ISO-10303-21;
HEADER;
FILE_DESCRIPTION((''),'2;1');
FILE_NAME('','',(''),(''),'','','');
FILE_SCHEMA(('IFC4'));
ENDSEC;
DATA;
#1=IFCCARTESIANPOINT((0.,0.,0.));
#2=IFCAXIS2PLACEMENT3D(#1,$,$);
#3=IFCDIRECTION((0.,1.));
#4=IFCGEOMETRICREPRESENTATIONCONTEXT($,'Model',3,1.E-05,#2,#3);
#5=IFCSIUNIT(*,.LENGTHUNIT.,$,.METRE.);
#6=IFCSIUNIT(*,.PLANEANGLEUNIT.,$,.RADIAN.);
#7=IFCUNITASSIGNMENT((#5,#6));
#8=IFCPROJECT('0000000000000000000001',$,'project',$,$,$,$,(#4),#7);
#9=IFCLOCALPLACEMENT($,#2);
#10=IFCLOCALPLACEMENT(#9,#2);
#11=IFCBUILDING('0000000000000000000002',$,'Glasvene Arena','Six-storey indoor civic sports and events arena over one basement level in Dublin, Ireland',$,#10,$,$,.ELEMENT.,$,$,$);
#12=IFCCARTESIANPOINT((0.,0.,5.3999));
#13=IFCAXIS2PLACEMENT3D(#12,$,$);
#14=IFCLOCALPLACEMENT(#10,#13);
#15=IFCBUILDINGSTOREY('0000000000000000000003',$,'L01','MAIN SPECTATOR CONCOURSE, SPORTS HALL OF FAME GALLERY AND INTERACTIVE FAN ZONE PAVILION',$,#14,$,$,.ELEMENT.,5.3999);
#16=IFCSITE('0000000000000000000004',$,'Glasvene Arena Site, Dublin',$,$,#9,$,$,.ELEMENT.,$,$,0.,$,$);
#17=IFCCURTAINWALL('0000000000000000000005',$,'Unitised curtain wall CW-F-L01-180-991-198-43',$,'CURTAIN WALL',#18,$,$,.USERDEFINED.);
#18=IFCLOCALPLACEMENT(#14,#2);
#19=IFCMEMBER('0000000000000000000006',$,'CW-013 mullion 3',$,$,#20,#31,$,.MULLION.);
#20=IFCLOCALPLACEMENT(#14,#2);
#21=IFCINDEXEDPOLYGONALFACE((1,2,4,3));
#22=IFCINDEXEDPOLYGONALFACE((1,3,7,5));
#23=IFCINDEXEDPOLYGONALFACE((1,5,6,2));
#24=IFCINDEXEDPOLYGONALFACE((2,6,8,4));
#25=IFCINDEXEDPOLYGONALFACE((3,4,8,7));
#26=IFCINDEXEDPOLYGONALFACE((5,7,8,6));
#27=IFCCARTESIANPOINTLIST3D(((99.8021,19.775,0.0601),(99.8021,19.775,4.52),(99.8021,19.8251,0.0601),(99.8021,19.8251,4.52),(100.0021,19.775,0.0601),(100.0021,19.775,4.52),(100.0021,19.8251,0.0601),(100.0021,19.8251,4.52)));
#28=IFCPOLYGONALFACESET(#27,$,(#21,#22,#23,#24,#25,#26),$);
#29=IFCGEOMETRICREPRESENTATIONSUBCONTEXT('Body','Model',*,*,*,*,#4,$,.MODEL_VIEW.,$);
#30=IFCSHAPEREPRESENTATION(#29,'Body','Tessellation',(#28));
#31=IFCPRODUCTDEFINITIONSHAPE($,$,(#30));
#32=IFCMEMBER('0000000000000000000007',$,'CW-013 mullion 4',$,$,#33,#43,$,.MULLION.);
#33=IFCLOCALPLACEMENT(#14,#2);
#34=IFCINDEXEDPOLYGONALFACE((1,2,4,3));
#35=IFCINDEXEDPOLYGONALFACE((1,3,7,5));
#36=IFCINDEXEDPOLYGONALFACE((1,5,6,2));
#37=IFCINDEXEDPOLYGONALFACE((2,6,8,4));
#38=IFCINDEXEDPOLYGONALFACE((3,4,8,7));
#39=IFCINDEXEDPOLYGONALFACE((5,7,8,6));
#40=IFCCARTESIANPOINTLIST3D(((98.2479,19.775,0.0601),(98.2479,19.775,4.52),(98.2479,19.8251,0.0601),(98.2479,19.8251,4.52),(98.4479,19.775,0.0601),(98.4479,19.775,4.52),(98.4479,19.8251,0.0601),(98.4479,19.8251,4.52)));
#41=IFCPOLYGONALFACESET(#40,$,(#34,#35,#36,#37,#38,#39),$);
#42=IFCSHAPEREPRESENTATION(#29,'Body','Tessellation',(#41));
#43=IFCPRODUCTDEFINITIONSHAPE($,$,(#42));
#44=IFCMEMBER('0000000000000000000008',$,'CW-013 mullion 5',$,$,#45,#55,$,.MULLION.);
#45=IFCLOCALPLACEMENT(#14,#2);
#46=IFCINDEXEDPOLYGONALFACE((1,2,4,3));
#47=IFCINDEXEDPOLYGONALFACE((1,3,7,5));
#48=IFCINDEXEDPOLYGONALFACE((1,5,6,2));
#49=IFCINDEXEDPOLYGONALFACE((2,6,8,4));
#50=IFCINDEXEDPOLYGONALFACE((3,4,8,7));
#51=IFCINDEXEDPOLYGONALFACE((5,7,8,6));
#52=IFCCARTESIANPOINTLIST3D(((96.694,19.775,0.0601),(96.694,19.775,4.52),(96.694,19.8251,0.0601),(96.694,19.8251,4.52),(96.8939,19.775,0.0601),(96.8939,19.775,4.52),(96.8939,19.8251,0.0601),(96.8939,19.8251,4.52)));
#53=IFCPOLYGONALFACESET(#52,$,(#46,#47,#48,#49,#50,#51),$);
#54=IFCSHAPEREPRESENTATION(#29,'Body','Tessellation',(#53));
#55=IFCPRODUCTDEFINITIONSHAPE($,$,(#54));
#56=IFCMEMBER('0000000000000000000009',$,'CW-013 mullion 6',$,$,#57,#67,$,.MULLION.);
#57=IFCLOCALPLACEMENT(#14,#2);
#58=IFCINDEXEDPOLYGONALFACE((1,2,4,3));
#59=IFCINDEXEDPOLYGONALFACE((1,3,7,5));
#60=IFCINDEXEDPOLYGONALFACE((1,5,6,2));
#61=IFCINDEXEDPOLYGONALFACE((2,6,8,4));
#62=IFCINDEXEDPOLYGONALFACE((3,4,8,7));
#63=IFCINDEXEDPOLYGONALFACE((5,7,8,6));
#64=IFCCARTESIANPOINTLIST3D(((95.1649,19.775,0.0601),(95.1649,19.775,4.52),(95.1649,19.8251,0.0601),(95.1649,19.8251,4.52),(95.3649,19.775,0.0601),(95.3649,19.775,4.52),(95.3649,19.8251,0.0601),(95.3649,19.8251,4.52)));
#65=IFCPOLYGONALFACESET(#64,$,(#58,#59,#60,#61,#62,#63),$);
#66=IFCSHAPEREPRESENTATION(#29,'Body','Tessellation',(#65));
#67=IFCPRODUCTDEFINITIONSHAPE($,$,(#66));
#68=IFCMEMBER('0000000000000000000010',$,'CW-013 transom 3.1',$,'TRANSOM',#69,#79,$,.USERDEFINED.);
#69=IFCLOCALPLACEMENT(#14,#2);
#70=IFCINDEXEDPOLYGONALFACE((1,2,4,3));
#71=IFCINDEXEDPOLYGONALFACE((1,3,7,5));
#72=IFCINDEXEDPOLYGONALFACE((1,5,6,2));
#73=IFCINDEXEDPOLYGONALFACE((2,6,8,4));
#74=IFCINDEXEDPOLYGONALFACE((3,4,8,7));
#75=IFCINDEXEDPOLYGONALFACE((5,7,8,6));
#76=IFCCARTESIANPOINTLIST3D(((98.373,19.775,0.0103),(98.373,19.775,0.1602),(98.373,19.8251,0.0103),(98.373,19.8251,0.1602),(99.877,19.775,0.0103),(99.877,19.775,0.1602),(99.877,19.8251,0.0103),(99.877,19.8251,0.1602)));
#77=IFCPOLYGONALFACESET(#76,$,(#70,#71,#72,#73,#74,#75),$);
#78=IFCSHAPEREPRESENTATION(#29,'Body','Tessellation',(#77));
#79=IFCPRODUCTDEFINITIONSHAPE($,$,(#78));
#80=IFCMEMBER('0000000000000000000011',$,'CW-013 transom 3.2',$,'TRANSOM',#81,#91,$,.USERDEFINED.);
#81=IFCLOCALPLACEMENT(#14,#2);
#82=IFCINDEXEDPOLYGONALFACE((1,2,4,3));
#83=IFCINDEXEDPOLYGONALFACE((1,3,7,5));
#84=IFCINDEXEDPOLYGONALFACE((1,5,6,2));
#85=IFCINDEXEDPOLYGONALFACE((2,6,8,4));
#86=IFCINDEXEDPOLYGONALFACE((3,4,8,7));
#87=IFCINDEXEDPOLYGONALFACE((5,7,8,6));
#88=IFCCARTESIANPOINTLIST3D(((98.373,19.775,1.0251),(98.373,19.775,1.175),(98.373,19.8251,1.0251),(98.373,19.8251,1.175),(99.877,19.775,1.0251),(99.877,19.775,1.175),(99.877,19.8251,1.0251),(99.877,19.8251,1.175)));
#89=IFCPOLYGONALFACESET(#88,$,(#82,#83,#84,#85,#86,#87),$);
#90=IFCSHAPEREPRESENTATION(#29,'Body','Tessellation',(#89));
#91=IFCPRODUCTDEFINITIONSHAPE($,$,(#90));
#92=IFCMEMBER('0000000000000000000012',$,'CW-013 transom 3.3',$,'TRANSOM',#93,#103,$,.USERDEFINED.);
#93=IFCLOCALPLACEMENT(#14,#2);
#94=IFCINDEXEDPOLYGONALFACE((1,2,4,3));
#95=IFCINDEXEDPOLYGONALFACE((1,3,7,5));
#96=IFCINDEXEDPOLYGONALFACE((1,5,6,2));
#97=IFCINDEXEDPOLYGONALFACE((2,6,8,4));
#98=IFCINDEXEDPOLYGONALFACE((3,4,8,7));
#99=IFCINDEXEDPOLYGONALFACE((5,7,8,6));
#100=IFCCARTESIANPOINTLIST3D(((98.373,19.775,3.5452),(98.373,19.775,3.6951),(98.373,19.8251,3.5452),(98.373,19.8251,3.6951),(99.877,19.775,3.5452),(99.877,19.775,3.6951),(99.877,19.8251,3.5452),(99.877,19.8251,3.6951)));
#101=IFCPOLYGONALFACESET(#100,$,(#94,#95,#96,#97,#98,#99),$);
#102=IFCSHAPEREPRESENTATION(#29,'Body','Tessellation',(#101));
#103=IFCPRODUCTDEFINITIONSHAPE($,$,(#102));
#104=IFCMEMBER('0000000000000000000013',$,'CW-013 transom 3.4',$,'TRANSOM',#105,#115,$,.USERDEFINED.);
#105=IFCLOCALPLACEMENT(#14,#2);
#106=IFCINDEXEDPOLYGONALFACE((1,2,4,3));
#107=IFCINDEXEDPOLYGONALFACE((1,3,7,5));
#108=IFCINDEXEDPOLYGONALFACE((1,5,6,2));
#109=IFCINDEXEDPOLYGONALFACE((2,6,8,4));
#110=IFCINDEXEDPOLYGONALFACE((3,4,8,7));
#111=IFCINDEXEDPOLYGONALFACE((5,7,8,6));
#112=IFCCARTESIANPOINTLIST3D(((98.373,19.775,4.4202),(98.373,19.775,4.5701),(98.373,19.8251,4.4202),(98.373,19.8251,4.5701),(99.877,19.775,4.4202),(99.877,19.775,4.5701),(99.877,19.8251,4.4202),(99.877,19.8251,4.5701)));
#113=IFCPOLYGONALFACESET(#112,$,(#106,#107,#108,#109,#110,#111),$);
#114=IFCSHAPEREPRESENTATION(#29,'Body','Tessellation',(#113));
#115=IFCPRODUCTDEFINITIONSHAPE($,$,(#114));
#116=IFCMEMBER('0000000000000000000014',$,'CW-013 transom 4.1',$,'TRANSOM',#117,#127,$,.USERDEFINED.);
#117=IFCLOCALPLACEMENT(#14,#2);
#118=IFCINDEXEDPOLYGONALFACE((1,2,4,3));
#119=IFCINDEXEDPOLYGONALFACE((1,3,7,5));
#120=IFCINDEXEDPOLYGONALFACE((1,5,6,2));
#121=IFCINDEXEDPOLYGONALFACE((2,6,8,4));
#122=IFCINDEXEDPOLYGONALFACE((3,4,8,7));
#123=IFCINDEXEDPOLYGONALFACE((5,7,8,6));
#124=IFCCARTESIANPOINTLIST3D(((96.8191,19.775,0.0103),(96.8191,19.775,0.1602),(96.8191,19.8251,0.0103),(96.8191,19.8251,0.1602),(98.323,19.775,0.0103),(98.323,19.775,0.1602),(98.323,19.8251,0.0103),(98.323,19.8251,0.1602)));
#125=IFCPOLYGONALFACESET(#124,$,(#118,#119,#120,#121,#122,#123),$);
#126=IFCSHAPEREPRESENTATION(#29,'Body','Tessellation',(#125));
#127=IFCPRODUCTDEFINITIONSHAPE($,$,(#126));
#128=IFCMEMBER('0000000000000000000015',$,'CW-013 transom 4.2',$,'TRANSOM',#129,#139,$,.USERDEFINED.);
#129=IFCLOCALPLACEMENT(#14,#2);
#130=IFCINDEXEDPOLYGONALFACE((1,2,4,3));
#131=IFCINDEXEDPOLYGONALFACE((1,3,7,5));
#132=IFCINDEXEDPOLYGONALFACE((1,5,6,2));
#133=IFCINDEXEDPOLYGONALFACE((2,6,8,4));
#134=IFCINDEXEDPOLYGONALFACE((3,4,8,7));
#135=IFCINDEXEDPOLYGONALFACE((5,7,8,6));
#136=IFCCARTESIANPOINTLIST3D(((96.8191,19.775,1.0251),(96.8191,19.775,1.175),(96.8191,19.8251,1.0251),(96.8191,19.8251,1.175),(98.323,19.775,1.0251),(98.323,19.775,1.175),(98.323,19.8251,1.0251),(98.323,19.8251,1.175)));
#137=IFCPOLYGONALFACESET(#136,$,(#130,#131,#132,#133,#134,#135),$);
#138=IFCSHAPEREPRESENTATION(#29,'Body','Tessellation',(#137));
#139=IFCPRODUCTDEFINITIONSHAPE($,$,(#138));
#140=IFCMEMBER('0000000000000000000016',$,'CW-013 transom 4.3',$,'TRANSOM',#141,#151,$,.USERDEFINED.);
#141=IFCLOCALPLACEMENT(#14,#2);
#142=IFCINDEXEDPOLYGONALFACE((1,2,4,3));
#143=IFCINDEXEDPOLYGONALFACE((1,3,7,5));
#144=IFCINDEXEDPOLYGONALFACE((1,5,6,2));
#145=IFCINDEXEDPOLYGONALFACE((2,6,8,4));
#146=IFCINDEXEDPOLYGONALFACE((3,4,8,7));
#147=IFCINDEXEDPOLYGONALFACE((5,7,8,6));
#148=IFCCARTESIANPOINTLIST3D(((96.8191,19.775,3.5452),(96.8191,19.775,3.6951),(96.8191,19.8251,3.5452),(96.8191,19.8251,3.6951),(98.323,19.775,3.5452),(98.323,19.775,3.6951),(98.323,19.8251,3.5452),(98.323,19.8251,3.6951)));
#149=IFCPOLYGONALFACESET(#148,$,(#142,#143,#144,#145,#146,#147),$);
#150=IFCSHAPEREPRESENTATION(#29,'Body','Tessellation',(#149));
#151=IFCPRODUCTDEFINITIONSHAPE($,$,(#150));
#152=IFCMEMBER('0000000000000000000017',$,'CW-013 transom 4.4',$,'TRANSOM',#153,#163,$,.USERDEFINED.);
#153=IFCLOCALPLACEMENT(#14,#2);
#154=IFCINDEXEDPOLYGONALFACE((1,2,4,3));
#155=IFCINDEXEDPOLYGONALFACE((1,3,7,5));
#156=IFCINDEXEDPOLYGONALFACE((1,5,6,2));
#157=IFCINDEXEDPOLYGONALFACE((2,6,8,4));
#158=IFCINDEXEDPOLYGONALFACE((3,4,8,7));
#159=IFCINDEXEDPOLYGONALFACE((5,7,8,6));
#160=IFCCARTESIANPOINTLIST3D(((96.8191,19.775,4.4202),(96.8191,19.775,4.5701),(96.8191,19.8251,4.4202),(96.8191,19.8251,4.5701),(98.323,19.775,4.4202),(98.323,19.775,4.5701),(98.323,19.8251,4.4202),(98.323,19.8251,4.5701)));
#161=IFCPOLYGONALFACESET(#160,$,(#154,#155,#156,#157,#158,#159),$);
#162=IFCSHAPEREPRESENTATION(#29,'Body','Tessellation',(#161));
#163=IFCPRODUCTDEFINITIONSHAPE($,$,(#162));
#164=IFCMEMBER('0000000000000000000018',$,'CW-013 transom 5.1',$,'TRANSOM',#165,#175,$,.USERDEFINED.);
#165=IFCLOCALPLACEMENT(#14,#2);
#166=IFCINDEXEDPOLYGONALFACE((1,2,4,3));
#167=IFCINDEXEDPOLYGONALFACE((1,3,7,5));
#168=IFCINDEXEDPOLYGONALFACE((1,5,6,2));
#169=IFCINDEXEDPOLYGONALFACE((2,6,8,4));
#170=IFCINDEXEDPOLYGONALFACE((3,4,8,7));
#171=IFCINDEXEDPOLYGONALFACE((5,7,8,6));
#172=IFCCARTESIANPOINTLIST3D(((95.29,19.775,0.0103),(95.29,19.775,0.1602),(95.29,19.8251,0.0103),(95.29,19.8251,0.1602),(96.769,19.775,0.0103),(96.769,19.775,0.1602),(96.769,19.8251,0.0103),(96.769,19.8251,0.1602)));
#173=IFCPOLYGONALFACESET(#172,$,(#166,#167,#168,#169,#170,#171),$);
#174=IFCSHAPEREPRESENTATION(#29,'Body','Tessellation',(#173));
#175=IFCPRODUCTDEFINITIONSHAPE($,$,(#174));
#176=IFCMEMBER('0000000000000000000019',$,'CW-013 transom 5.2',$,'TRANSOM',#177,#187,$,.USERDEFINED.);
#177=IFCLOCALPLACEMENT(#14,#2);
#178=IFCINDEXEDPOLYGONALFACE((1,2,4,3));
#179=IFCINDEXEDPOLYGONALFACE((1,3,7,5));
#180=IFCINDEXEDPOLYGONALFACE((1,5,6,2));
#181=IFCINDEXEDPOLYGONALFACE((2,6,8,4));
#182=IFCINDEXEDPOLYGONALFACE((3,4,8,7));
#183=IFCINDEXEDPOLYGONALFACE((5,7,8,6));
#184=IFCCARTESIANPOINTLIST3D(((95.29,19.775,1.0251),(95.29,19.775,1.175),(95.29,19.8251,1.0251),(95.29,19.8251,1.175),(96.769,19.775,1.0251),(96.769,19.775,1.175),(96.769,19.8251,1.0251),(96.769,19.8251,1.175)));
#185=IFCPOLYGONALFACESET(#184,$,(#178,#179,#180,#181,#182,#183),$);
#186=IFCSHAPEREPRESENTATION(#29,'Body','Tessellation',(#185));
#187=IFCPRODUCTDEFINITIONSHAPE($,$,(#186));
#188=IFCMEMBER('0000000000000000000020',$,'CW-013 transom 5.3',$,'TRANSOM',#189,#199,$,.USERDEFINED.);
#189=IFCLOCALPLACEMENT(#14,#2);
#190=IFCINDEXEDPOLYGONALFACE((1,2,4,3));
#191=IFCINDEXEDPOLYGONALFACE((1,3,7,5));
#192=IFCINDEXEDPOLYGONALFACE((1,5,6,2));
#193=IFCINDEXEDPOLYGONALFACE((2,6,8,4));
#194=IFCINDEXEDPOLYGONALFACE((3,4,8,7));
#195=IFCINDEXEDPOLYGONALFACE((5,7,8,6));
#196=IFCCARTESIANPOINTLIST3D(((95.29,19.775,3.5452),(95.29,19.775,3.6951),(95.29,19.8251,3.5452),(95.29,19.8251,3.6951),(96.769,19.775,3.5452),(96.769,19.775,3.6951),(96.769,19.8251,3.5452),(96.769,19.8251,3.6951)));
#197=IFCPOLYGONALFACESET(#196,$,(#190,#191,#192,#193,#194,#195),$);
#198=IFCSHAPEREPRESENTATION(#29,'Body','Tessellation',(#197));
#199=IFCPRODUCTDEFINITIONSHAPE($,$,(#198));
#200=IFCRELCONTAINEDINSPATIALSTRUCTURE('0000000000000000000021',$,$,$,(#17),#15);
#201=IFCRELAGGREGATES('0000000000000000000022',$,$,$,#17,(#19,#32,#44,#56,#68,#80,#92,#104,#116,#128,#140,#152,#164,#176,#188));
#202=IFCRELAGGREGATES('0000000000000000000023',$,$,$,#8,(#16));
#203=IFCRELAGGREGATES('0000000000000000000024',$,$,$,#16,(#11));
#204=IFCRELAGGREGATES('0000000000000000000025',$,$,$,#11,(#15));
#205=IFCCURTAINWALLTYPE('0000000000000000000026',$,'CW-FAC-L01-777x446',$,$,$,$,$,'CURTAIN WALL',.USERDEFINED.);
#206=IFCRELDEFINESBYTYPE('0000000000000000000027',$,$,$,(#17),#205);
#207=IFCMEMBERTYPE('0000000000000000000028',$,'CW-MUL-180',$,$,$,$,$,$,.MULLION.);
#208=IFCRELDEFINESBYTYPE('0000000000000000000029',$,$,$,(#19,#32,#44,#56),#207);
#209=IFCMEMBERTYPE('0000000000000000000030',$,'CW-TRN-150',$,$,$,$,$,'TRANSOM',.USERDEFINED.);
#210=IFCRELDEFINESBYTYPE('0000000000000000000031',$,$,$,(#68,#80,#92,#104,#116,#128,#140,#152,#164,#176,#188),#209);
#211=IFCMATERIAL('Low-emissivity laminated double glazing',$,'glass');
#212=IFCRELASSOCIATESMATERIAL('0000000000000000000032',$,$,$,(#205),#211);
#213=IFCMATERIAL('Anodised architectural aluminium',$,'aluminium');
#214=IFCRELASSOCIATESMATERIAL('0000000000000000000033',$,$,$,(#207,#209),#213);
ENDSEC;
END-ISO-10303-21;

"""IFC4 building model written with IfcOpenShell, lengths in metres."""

from ifc_helpers import new_model, si_unit, direction, frame, origin, origin_2d, place, context, subcontext, project, spatial, rectangle, extrude, material, material_profile, profile_set, type_object, element, aggregate, save


model = new_model("IFC4")

# Units and contexts
model_context = context("Model", 3, precision=1e-05, world=origin(), true_north=direction((0.0, 1.0)))
body_context = subcontext(model_context, "Body", "Model", "MODEL_VIEW")
ifc_project = project(units=[si_unit("LENGTHUNIT", "METRE"), si_unit("PLANEANGLEUNIT", "RADIAN")], contexts=[model_context])

# Site, building, storey
site_placement = place(None, origin())
site = spatial("IfcSite", under=ifc_project, at=site_placement, Name="Glasvene Arena Site, Dublin", CompositionType="ELEMENT", RefElevation=0.0)
building_placement = place(site_placement, origin())
building = spatial("IfcBuilding", under=site, at=building_placement, Name="Glasvene Arena", Description="Six-storey indoor civic sports and events arena over one basement level in Dublin, Ireland", CompositionType="ELEMENT")
storey_placement = place(building_placement, frame((0.0, 0.0, 5.3999)))
storey = spatial("IfcBuildingStorey", under=building, at=storey_placement, Name="L01", Description="MAIN SPECTATOR CONCOURSE, SPORTS HALL OF FAME GALLERY AND INTERACTIVE FAN ZONE PAVILION", CompositionType="ELEMENT", Elevation=5.3999)

# Curtain wall, members
ifc_material_1 = material(Name="Low-emissivity laminated double glazing", Category="glass")
curtain_wall_type = type_object("IfcCurtainWallType", Name="CW-FAC-L01-777x446", ElementType="CURTAIN WALL", PredefinedType="USERDEFINED", material=ifc_material_1)
curtain_wall_placement = place(storey_placement, frame((103.01, 19.8, 0.0)))
curtain_wall = element("IfcCurtainWall", 1, at=curtain_wall_placement, inside=storey, type_object=curtain_wall_type, Name="Unitised curtain wall CW-F-L01-180-991-198-43", ObjectType="CURTAIN WALL", PredefinedType="USERDEFINED")
ifc_material_2 = material(Name="Anodised architectural aluminium", Category="aluminium")
ifc_material_profile_1 = material_profile(ifc_material_2, rectangle(XDim=0.05, YDim=0.2, at=origin_2d()), Name="ALU MULLION 50x200")
ifc_profile_set_1 = profile_set([ifc_material_profile_1], Name="Anodised architectural aluminium")
member_type_1 = type_object("IfcMemberType", Name="CW-MUL-180", PredefinedType="MULLION", material=ifc_profile_set_1)
member_1_placement = place(storey_placement, frame((99.9021, 19.8, 0.0601), z_axis=(0.0, 0.0, 1.0), x_axis=(0.0, -1.0, 0.0)))
member_1 = element("IfcMember", 2, at=member_1_placement, type_object=member_type_1, Name="CW-013 mullion 3", PredefinedType="MULLION", context=body_context, shape_type="SweptSolid", body=[
    extrude(rectangle(XDim=0.05, YDim=0.2, at=origin_2d()), origin(), (0.0, 0.0, 1.0), 4.46),
])
member_2_placement = place(storey_placement, frame((98.3479, 19.8, 0.0601), z_axis=(0.0, 0.0, 1.0), x_axis=(0.0, -1.0, 0.0)))
member_2 = element("IfcMember", 3, at=member_2_placement, type_object=member_type_1, Name="CW-013 mullion 4", PredefinedType="MULLION", context=body_context, shape_type="SweptSolid", body=[
    extrude(rectangle(XDim=0.05, YDim=0.2, at=origin_2d()), origin(), (0.0, 0.0, 1.0), 4.46),
])
member_3_placement = place(storey_placement, frame((96.7939, 19.8, 0.0601), z_axis=(0.0, 0.0, 1.0), x_axis=(0.0, -1.0, 0.0)))
member_3 = element("IfcMember", 4, at=member_3_placement, type_object=member_type_1, Name="CW-013 mullion 5", PredefinedType="MULLION", context=body_context, shape_type="SweptSolid", body=[
    extrude(rectangle(XDim=0.05, YDim=0.2, at=origin_2d()), origin(), (0.0, 0.0, 1.0), 4.46),
])
member_4_placement = place(storey_placement, frame((95.2649, 19.8, 0.0601), z_axis=(0.0, 0.0, 1.0), x_axis=(0.0, -1.0, 0.0)))
member_4 = element("IfcMember", 5, at=member_4_placement, type_object=member_type_1, Name="CW-013 mullion 6", PredefinedType="MULLION", context=body_context, shape_type="SweptSolid", body=[
    extrude(rectangle(XDim=0.05, YDim=0.2, at=origin_2d()), origin(), (0.0, 0.0, 1.0), 4.46),
])
ifc_material_profile_2 = material_profile(ifc_material_2, rectangle(XDim=0.05, YDim=0.1499, at=origin_2d()), Name="ALU TRANSOM 50x150")
ifc_profile_set_2 = profile_set([ifc_material_profile_2], Name="Anodised architectural aluminium")
member_type_2 = type_object("IfcMemberType", Name="CW-TRN-150", ElementType="TRANSOM", PredefinedType="USERDEFINED", material=ifc_profile_set_2)
member_5_placement = place(storey_placement, frame((99.877, 19.8, 0.0852), z_axis=(-1.0, 0.0, 0.0), x_axis=(0.0, -1.0, 0.0)))
member_5 = element("IfcMember", 6, at=member_5_placement, type_object=member_type_2, Name="CW-013 transom 3.1", ObjectType="TRANSOM", PredefinedType="USERDEFINED", context=body_context, shape_type="SweptSolid", body=[
    extrude(rectangle(XDim=0.05, YDim=0.1499, at=origin_2d()), origin(), (0.0, 0.0, 1.0), 1.5039),
])
member_6_placement = place(storey_placement, frame((99.877, 19.8, 1.1001), z_axis=(-1.0, 0.0, 0.0), x_axis=(0.0, -1.0, 0.0)))
member_6 = element("IfcMember", 7, at=member_6_placement, type_object=member_type_2, Name="CW-013 transom 3.2", ObjectType="TRANSOM", PredefinedType="USERDEFINED", context=body_context, shape_type="SweptSolid", body=[
    extrude(rectangle(XDim=0.05, YDim=0.1499, at=origin_2d()), origin(), (0.0, 0.0, 1.0), 1.5039),
])
member_7_placement = place(storey_placement, frame((99.877, 19.8, 3.6201), z_axis=(-1.0, 0.0, 0.0), x_axis=(0.0, -1.0, 0.0)))
member_7 = element("IfcMember", 8, at=member_7_placement, type_object=member_type_2, Name="CW-013 transom 3.3", ObjectType="TRANSOM", PredefinedType="USERDEFINED", context=body_context, shape_type="SweptSolid", body=[
    extrude(rectangle(XDim=0.05, YDim=0.1499, at=origin_2d()), origin(), (0.0, 0.0, 1.0), 1.5039),
])
member_8_placement = place(storey_placement, frame((99.877, 19.8, 4.4951), z_axis=(-1.0, 0.0, 0.0), x_axis=(0.0, -1.0, 0.0)))
member_8 = element("IfcMember", 9, at=member_8_placement, type_object=member_type_2, Name="CW-013 transom 3.4", ObjectType="TRANSOM", PredefinedType="USERDEFINED", context=body_context, shape_type="SweptSolid", body=[
    extrude(rectangle(XDim=0.05, YDim=0.1499, at=origin_2d()), origin(), (0.0, 0.0, 1.0), 1.5039),
])
member_9_placement = place(storey_placement, frame((98.323, 19.8, 0.0852), z_axis=(-1.0, 0.0, 0.0), x_axis=(0.0, -1.0, 0.0)))
member_9 = element("IfcMember", 10, at=member_9_placement, type_object=member_type_2, Name="CW-013 transom 4.1", ObjectType="TRANSOM", PredefinedType="USERDEFINED", context=body_context, shape_type="SweptSolid", body=[
    extrude(rectangle(XDim=0.05, YDim=0.1499, at=origin_2d()), origin(), (0.0, 0.0, 1.0), 1.5039),
])
member_10_placement = place(storey_placement, frame((98.323, 19.8, 1.1001), z_axis=(-1.0, 0.0, 0.0), x_axis=(0.0, -1.0, 0.0)))
member_10 = element("IfcMember", 11, at=member_10_placement, type_object=member_type_2, Name="CW-013 transom 4.2", ObjectType="TRANSOM", PredefinedType="USERDEFINED", context=body_context, shape_type="SweptSolid", body=[
    extrude(rectangle(XDim=0.05, YDim=0.1499, at=origin_2d()), origin(), (0.0, 0.0, 1.0), 1.5039),
])
member_11_placement = place(storey_placement, frame((98.323, 19.8, 3.6201), z_axis=(-1.0, 0.0, 0.0), x_axis=(0.0, -1.0, 0.0)))
member_11 = element("IfcMember", 12, at=member_11_placement, type_object=member_type_2, Name="CW-013 transom 4.3", ObjectType="TRANSOM", PredefinedType="USERDEFINED", context=body_context, shape_type="SweptSolid", body=[
    extrude(rectangle(XDim=0.05, YDim=0.1499, at=origin_2d()), origin(), (0.0, 0.0, 1.0), 1.5039),
])
member_12_placement = place(storey_placement, frame((98.323, 19.8, 4.4951), z_axis=(-1.0, 0.0, 0.0), x_axis=(0.0, -1.0, 0.0)))
member_12 = element("IfcMember", 13, at=member_12_placement, type_object=member_type_2, Name="CW-013 transom 4.4", ObjectType="TRANSOM", PredefinedType="USERDEFINED", context=body_context, shape_type="SweptSolid", body=[
    extrude(rectangle(XDim=0.05, YDim=0.1499, at=origin_2d()), origin(), (0.0, 0.0, 1.0), 1.5039),
])
member_13_placement = place(storey_placement, frame((96.769, 19.8, 0.0852), z_axis=(-1.0, 0.0, 0.0), x_axis=(0.0, -1.0, 0.0)))
member_13 = element("IfcMember", 14, at=member_13_placement, type_object=member_type_2, Name="CW-013 transom 5.1", ObjectType="TRANSOM", PredefinedType="USERDEFINED", context=body_context, shape_type="SweptSolid", body=[
    extrude(rectangle(XDim=0.05, YDim=0.1499, at=origin_2d()), origin(), (0.0, 0.0, 1.0), 1.479),
])
member_14_placement = place(storey_placement, frame((96.769, 19.8, 1.1001), z_axis=(-1.0, 0.0, 0.0), x_axis=(0.0, -1.0, 0.0)))
member_14 = element("IfcMember", 15, at=member_14_placement, type_object=member_type_2, Name="CW-013 transom 5.2", ObjectType="TRANSOM", PredefinedType="USERDEFINED", context=body_context, shape_type="SweptSolid", body=[
    extrude(rectangle(XDim=0.05, YDim=0.1499, at=origin_2d()), origin(), (0.0, 0.0, 1.0), 1.479),
])
member_15_placement = place(storey_placement, frame((96.769, 19.8, 3.6201), z_axis=(-1.0, 0.0, 0.0), x_axis=(0.0, -1.0, 0.0)))
member_15 = element("IfcMember", 16, at=member_15_placement, type_object=member_type_2, Name="CW-013 transom 5.3", ObjectType="TRANSOM", PredefinedType="USERDEFINED", context=body_context, shape_type="SweptSolid", body=[
    extrude(rectangle(XDim=0.05, YDim=0.1499, at=origin_2d()), origin(), (0.0, 0.0, 1.0), 1.479),
])
aggregate(curtain_wall, [member_1, member_2, member_3, member_4, member_5, member_6, member_7, member_8, member_9, member_10, member_11, member_12, member_13, member_14, member_15])

save(model, "model.ifc")
